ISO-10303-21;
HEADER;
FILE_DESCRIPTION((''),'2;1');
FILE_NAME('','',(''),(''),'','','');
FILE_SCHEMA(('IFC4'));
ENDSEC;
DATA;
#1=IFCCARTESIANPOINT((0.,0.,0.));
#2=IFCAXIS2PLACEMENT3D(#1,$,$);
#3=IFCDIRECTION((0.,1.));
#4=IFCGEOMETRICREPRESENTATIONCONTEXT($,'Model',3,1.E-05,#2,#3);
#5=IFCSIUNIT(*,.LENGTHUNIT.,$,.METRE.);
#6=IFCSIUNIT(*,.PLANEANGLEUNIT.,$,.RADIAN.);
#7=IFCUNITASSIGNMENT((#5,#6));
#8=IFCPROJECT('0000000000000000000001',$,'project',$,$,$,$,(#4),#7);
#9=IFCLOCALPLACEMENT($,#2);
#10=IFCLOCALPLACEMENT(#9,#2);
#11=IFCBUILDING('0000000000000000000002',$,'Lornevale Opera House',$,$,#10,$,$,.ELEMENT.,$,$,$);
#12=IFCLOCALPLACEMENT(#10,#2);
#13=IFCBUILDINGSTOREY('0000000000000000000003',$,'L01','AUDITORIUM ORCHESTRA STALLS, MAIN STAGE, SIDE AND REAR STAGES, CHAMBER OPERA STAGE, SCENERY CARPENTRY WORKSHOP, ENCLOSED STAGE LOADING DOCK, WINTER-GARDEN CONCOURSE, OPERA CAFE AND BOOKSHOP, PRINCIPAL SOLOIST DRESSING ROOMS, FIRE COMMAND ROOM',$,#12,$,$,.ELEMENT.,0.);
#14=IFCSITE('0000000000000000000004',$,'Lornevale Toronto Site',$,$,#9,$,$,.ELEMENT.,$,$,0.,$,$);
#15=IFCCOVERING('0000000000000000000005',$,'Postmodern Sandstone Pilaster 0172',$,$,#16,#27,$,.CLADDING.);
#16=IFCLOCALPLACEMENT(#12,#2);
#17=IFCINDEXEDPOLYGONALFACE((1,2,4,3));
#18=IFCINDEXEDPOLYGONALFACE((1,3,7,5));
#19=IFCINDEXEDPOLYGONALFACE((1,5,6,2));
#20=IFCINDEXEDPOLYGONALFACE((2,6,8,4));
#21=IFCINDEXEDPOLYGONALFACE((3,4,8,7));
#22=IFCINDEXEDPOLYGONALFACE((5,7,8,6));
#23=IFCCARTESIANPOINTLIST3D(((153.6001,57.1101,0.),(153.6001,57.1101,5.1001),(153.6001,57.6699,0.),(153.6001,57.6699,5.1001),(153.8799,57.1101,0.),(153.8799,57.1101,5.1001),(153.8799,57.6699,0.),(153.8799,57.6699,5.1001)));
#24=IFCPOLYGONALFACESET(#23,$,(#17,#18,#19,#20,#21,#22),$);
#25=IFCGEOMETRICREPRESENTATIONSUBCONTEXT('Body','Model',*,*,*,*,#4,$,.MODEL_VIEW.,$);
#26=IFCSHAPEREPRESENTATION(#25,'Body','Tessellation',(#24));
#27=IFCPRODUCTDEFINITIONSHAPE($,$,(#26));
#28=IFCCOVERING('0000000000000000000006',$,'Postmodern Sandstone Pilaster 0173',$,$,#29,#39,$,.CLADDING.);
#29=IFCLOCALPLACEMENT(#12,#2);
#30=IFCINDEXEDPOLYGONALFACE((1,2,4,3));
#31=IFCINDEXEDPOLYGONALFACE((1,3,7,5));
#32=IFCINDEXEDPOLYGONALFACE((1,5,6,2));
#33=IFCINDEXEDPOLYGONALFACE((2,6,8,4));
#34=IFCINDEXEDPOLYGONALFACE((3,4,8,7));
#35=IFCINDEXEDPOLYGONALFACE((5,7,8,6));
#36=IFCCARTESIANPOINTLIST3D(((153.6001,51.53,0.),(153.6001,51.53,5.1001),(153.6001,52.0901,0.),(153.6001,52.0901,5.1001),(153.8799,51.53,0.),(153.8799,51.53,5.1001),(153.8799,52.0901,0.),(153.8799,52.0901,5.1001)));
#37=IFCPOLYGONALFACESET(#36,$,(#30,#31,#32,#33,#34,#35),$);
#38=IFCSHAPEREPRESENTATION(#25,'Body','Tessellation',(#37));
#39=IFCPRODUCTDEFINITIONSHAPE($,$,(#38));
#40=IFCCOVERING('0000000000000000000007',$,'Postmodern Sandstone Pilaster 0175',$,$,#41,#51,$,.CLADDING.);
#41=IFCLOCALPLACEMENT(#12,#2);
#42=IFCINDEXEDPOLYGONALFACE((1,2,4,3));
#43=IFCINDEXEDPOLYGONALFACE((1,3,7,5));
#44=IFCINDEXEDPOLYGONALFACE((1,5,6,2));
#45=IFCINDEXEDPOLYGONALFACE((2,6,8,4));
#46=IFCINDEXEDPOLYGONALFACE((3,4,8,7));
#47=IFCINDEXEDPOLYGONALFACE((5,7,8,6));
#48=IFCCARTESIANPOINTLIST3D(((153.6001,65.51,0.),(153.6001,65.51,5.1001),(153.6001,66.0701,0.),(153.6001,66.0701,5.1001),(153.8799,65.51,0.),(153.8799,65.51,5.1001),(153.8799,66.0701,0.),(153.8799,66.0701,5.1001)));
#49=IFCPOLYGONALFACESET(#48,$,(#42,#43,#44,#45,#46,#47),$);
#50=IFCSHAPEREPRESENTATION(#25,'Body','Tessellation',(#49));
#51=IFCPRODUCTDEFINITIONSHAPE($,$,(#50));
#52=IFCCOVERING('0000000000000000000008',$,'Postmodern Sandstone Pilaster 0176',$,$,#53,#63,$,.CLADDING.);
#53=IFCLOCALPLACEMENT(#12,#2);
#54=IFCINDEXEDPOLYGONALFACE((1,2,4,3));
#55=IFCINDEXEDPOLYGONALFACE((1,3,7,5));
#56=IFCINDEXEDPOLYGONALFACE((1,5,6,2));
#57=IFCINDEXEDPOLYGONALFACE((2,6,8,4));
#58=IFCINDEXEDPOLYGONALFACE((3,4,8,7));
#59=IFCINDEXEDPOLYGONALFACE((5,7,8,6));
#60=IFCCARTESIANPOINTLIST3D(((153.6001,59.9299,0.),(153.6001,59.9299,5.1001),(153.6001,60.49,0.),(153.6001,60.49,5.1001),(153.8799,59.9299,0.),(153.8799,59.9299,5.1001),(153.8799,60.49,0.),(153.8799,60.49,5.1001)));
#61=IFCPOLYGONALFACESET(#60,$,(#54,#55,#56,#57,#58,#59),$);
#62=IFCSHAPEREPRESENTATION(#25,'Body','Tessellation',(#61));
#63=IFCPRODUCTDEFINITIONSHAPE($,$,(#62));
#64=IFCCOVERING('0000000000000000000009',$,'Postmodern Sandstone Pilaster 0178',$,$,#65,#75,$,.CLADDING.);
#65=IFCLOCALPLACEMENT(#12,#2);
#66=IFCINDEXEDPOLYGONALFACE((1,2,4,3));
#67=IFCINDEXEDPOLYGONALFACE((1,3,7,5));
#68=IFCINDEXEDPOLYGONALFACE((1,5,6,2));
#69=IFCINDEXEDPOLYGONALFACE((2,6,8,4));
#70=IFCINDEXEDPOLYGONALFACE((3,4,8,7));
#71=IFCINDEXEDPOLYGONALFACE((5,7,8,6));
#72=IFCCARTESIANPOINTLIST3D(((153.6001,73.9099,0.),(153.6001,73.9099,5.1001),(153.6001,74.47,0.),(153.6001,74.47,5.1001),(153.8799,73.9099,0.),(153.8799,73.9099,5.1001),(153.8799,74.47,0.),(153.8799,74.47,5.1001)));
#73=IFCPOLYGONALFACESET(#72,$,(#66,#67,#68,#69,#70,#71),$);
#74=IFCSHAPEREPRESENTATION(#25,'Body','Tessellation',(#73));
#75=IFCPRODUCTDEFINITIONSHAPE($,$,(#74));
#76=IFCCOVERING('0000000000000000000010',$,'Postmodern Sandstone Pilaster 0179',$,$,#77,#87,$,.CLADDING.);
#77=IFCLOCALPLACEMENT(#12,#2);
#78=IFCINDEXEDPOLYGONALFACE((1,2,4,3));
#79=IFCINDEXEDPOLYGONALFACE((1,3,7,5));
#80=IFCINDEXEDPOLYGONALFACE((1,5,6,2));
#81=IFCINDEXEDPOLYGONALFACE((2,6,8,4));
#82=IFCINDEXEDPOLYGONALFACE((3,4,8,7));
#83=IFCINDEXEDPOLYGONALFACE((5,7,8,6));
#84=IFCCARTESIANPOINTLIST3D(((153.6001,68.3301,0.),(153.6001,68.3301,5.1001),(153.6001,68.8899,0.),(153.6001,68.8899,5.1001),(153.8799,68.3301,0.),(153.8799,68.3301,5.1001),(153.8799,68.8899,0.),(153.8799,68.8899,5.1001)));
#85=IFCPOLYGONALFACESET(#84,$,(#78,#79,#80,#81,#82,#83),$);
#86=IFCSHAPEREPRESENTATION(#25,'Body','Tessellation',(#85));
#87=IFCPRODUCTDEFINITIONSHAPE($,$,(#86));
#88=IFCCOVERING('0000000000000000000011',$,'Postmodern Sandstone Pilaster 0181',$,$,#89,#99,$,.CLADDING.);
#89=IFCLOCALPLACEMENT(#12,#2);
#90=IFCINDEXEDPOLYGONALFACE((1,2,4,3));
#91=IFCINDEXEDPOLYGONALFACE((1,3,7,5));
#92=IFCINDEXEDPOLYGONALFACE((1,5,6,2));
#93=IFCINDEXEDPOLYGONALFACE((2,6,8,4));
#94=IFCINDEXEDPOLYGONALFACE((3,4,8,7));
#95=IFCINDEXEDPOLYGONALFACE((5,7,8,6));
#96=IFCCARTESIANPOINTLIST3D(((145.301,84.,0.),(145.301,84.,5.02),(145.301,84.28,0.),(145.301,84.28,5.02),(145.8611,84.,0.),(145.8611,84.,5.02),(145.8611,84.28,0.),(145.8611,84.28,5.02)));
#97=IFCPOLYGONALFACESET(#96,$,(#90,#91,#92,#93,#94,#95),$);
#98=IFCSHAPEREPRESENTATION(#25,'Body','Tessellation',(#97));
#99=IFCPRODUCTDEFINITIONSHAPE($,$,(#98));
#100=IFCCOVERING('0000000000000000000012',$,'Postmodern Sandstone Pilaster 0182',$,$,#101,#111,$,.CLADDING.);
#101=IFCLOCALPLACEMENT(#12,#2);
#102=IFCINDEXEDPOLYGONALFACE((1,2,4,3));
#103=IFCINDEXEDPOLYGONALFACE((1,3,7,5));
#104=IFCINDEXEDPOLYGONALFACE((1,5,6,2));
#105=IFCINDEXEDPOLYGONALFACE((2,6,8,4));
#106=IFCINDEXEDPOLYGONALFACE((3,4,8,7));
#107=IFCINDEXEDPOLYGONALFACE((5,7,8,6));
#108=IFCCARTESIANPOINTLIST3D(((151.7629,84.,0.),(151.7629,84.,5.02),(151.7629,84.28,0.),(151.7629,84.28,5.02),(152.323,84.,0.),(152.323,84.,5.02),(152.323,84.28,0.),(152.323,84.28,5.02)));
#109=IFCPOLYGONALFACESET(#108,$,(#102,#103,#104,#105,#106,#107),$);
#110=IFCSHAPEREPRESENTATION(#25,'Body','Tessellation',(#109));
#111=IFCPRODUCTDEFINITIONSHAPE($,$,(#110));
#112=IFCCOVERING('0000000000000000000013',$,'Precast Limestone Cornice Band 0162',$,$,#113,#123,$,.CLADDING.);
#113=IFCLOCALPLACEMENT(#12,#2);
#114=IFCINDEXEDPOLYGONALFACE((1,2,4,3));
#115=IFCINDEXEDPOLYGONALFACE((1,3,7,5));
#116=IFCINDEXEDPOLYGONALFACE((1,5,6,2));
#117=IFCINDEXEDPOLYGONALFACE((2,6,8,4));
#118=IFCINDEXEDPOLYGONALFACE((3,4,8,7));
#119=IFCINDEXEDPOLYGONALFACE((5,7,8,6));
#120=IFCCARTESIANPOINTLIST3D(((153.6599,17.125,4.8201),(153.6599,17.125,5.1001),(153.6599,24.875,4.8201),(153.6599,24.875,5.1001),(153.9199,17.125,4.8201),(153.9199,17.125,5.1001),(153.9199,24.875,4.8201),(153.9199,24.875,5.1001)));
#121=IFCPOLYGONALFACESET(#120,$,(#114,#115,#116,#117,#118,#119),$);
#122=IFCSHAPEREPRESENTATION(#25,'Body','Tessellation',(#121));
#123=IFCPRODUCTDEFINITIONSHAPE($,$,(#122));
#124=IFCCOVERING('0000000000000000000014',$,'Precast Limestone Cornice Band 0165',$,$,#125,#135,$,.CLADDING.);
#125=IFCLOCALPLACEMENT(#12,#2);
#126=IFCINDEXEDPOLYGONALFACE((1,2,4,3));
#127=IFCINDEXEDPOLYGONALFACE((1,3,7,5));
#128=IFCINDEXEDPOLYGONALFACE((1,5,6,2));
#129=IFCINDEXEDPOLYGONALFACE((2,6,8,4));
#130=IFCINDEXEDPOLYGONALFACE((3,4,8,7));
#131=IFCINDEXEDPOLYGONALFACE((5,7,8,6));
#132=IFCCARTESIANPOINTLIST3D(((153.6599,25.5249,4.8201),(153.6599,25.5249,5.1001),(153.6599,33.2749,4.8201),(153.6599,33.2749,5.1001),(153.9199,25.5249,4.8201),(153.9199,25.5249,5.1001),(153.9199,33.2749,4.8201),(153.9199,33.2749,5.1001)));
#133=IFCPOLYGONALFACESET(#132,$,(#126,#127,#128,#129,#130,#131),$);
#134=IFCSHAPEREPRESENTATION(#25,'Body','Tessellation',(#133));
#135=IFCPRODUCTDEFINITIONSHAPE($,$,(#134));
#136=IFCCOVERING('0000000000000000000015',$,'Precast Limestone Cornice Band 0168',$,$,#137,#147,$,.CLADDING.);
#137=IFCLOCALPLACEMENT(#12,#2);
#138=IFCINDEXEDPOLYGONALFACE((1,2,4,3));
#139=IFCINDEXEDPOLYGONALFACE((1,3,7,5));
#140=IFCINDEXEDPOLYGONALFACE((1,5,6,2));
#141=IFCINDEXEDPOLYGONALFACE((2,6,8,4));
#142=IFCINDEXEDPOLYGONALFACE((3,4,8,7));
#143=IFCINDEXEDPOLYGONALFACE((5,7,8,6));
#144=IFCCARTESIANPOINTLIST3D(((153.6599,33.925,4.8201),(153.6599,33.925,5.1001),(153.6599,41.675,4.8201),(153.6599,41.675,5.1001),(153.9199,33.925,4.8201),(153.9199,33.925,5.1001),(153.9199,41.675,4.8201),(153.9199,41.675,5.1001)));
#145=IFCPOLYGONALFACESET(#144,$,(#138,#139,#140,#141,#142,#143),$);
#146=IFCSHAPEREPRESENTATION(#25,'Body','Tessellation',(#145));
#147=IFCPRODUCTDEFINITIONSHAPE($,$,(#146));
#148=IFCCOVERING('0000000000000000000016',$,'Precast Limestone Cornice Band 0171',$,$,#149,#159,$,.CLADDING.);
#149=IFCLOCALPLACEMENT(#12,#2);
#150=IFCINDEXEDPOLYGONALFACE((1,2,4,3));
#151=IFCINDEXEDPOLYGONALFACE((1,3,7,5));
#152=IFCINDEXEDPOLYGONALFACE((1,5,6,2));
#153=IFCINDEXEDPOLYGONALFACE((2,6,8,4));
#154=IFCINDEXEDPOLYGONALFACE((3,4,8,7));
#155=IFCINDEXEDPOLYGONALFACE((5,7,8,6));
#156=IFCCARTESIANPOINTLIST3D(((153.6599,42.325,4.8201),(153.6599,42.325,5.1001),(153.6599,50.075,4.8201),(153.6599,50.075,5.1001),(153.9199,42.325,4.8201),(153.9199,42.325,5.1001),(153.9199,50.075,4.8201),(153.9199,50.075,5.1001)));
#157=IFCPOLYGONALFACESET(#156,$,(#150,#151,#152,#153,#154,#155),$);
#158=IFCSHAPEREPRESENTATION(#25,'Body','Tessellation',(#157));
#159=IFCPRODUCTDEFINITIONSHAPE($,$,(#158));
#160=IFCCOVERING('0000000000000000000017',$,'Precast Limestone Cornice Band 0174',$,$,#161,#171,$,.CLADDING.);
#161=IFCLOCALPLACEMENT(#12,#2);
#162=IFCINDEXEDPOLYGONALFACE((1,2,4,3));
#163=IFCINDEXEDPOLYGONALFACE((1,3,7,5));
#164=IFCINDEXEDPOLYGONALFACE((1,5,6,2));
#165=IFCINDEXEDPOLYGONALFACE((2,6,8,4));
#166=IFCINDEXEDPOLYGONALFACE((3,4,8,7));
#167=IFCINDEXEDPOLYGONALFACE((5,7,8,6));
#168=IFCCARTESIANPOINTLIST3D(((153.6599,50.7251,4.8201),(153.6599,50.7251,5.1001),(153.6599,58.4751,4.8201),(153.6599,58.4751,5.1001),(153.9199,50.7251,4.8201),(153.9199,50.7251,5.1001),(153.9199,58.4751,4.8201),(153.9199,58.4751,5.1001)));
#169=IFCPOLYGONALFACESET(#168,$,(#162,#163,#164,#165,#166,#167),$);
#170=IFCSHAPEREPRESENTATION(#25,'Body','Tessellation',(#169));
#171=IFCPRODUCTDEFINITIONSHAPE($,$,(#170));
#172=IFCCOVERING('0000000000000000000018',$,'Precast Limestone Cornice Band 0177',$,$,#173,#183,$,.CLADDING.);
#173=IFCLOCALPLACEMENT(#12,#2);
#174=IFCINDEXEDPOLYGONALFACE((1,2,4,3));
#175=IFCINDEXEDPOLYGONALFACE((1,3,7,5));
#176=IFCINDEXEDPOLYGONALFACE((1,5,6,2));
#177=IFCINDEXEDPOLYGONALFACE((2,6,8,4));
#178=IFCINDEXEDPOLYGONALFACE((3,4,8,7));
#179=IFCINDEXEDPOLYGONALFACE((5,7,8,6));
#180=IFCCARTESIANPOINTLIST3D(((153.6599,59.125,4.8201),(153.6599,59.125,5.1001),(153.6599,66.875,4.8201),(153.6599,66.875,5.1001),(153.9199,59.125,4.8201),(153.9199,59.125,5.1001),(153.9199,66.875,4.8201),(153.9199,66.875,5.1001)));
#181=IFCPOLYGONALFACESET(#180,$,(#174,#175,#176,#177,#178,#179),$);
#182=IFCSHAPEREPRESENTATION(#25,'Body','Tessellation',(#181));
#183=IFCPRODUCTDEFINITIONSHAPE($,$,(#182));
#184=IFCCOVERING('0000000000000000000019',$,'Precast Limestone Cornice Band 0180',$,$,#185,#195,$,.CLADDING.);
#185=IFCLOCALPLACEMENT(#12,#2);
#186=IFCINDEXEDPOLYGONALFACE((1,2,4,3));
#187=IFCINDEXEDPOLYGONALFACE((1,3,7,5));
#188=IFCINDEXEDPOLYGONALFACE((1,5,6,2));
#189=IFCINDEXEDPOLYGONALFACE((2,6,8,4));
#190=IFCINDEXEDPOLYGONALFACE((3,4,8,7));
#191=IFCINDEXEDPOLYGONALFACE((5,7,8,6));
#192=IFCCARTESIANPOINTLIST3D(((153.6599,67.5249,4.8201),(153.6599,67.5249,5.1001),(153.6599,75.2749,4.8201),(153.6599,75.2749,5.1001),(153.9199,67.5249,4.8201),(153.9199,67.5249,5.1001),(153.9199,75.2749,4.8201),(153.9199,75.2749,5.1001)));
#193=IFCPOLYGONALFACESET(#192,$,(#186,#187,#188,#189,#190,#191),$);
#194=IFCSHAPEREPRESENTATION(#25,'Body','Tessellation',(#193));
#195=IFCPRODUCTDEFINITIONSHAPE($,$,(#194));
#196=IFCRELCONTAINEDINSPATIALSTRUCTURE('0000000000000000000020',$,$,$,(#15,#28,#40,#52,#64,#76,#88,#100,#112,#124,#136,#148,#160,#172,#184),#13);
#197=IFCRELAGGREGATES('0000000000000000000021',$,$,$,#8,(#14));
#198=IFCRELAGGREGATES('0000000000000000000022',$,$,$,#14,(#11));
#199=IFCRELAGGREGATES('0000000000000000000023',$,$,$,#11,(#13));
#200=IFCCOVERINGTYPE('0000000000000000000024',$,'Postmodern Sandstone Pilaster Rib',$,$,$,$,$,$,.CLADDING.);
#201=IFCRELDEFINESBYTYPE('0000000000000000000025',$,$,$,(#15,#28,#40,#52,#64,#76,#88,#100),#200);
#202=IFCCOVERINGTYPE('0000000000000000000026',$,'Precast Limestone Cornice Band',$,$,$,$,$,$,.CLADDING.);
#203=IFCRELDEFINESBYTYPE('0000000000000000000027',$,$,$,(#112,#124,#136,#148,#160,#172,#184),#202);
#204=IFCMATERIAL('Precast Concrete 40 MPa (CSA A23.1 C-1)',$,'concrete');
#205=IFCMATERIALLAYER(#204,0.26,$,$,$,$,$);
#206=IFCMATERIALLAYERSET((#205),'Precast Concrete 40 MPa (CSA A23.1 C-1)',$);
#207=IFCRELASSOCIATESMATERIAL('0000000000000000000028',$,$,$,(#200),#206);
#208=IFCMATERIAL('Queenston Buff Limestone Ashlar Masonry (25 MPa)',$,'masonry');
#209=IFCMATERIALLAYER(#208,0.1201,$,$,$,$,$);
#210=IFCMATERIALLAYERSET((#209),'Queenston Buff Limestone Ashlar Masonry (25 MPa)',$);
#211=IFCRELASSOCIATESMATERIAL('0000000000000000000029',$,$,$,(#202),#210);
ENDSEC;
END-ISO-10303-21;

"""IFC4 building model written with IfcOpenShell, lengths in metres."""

from ifc_helpers import new_model, si_unit, direction, frame, origin, place, context, subcontext, project, spatial, polyline, outline, extrude, material, layer, layer_set, type_object, element, save


model = new_model("IFC4")

# Units and contexts
model_context = context("Model", 3, precision=1e-05, world=origin(), true_north=direction((0.0, 1.0)))
body_context = subcontext(model_context, "Body", "Model", "MODEL_VIEW")
ifc_project = project(units=[si_unit("LENGTHUNIT", "METRE"), si_unit("PLANEANGLEUNIT", "RADIAN")], contexts=[model_context])

# Site, building, storey
site_placement = place(None, origin())
site = spatial("IfcSite", under=ifc_project, at=site_placement, Name="Lornevale Toronto Site", CompositionType="ELEMENT", RefElevation=0.0)
building_placement = place(site_placement, origin())
building = spatial("IfcBuilding", under=site, at=building_placement, Name="Lornevale Opera House", CompositionType="ELEMENT")
storey_placement = place(building_placement, origin())
storey = spatial("IfcBuildingStorey", under=building, at=storey_placement, Name="L01", Description="AUDITORIUM ORCHESTRA STALLS, MAIN STAGE, SIDE AND REAR STAGES, CHAMBER OPERA STAGE, SCENERY CARPENTRY WORKSHOP, ENCLOSED STAGE LOADING DOCK, WINTER-GARDEN CONCOURSE, OPERA CAFE AND BOOKSHOP, PRINCIPAL SOLOIST DRESSING ROOMS, FIRE COMMAND ROOM", CompositionType="ELEMENT", Elevation=0.0)

# Coverings
ifc_material_1 = material(Name="Precast Concrete 40 MPa (CSA A23.1 C-1)", Category="concrete")
ifc_layer_1 = layer(ifc_material_1, 0.26)
ifc_layer_set_1 = layer_set([ifc_layer_1], Name="Precast Concrete 40 MPa (CSA A23.1 C-1)")
covering_type_1 = type_object("IfcCoveringType", Name="Postmodern Sandstone Pilaster Rib", PredefinedType="CLADDING", material=ifc_layer_set_1)
covering_1_placement = place(storey_placement, origin())
element("IfcCovering", 1, at=covering_1_placement, inside=storey, type_object=covering_type_1, Name="Postmodern Sandstone Pilaster 0172", PredefinedType="CLADDING", context=body_context, shape_type="SweptSolid", body=[
    extrude(outline(polyline([(153.6001, 57.6699), (153.6001, 57.1101), (153.8799, 57.1101), (153.8799, 57.6699), (153.6001, 57.6699)])), origin(), (0.0, 0.0, 1.0), 5.1001),
])
covering_2_placement = place(storey_placement, origin())
element("IfcCovering", 2, at=covering_2_placement, inside=storey, type_object=covering_type_1, Name="Postmodern Sandstone Pilaster 0173", PredefinedType="CLADDING", context=body_context, shape_type="SweptSolid", body=[
    extrude(outline(polyline([(153.6001, 52.0901), (153.6001, 51.53), (153.8799, 51.53), (153.8799, 52.0901), (153.6001, 52.0901)])), origin(), (0.0, 0.0, 1.0), 5.1001),
])
covering_3_placement = place(storey_placement, origin())
element("IfcCovering", 3, at=covering_3_placement, inside=storey, type_object=covering_type_1, Name="Postmodern Sandstone Pilaster 0175", PredefinedType="CLADDING", context=body_context, shape_type="SweptSolid", body=[
    extrude(outline(polyline([(153.6001, 66.0701), (153.6001, 65.51), (153.8799, 65.51), (153.8799, 66.0701), (153.6001, 66.0701)])), origin(), (0.0, 0.0, 1.0), 5.1001),
])
covering_4_placement = place(storey_placement, origin())
element("IfcCovering", 4, at=covering_4_placement, inside=storey, type_object=covering_type_1, Name="Postmodern Sandstone Pilaster 0176", PredefinedType="CLADDING", context=body_context, shape_type="SweptSolid", body=[
    extrude(outline(polyline([(153.6001, 60.49), (153.6001, 59.9299), (153.8799, 59.9299), (153.8799, 60.49), (153.6001, 60.49)])), origin(), (0.0, 0.0, 1.0), 5.1001),
])
covering_5_placement = place(storey_placement, origin())
element("IfcCovering", 5, at=covering_5_placement, inside=storey, type_object=covering_type_1, Name="Postmodern Sandstone Pilaster 0178", PredefinedType="CLADDING", context=body_context, shape_type="SweptSolid", body=[
    extrude(outline(polyline([(153.6001, 74.47), (153.6001, 73.9099), (153.8799, 73.9099), (153.8799, 74.47), (153.6001, 74.47)])), origin(), (0.0, 0.0, 1.0), 5.1001),
])
covering_6_placement = place(storey_placement, origin())
element("IfcCovering", 6, at=covering_6_placement, inside=storey, type_object=covering_type_1, Name="Postmodern Sandstone Pilaster 0179", PredefinedType="CLADDING", context=body_context, shape_type="SweptSolid", body=[
    extrude(outline(polyline([(153.6001, 68.8899), (153.6001, 68.3301), (153.8799, 68.3301), (153.8799, 68.8899), (153.6001, 68.8899)])), origin(), (0.0, 0.0, 1.0), 5.1001),
])
covering_7_placement = place(storey_placement, origin())
element("IfcCovering", 7, at=covering_7_placement, inside=storey, type_object=covering_type_1, Name="Postmodern Sandstone Pilaster 0181", PredefinedType="CLADDING", context=body_context, shape_type="SweptSolid", body=[
    extrude(outline(polyline([(145.301, 84.0), (145.8611, 84.0), (145.8611, 84.28), (145.301, 84.28), (145.301, 84.0)])), origin(), (0.0, 0.0, 1.0), 5.02),
])
covering_8_placement = place(storey_placement, origin())
element("IfcCovering", 8, at=covering_8_placement, inside=storey, type_object=covering_type_1, Name="Postmodern Sandstone Pilaster 0182", PredefinedType="CLADDING", context=body_context, shape_type="SweptSolid", body=[
    extrude(outline(polyline([(151.7629, 84.0), (152.323, 84.0), (152.323, 84.28), (151.7629, 84.28), (151.7629, 84.0)])), origin(), (0.0, 0.0, 1.0), 5.02),
])
ifc_material_2 = material(Name="Queenston Buff Limestone Ashlar Masonry (25 MPa)", Category="masonry")
ifc_layer_2 = layer(ifc_material_2, 0.1201)
ifc_layer_set_2 = layer_set([ifc_layer_2], Name="Queenston Buff Limestone Ashlar Masonry (25 MPa)")
covering_type_2 = type_object("IfcCoveringType", Name="Precast Limestone Cornice Band", PredefinedType="CLADDING", material=ifc_layer_set_2)
covering_9_placement = place(storey_placement, frame((0.0, 0.0, 4.8201)))
element("IfcCovering", 9, at=covering_9_placement, inside=storey, type_object=covering_type_2, Name="Precast Limestone Cornice Band 0162", PredefinedType="CLADDING", context=body_context, shape_type="SweptSolid", body=[
    extrude(outline(polyline([(153.6599, 24.875), (153.6599, 17.125), (153.9199, 17.125), (153.9199, 24.875), (153.6599, 24.875)])), origin(), (0.0, 0.0, 1.0), 0.28),
])
covering_10_placement = place(storey_placement, frame((0.0, 0.0, 4.8201)))
element("IfcCovering", 10, at=covering_10_placement, inside=storey, type_object=covering_type_2, Name="Precast Limestone Cornice Band 0165", PredefinedType="CLADDING", context=body_context, shape_type="SweptSolid", body=[
    extrude(outline(polyline([(153.6599, 33.2749), (153.6599, 25.5249), (153.9199, 25.5249), (153.9199, 33.2749), (153.6599, 33.2749)])), origin(), (0.0, 0.0, 1.0), 0.28),
])
covering_11_placement = place(storey_placement, frame((0.0, 0.0, 4.8201)))
element("IfcCovering", 11, at=covering_11_placement, inside=storey, type_object=covering_type_2, Name="Precast Limestone Cornice Band 0168", PredefinedType="CLADDING", context=body_context, shape_type="SweptSolid", body=[
    extrude(outline(polyline([(153.6599, 41.675), (153.6599, 33.925), (153.9199, 33.925), (153.9199, 41.675), (153.6599, 41.675)])), origin(), (0.0, 0.0, 1.0), 0.28),
])
covering_12_placement = place(storey_placement, frame((0.0, 0.0, 4.8201)))
element("IfcCovering", 12, at=covering_12_placement, inside=storey, type_object=covering_type_2, Name="Precast Limestone Cornice Band 0171", PredefinedType="CLADDING", context=body_context, shape_type="SweptSolid", body=[
    extrude(outline(polyline([(153.6599, 50.075), (153.6599, 42.325), (153.9199, 42.325), (153.9199, 50.075), (153.6599, 50.075)])), origin(), (0.0, 0.0, 1.0), 0.28),
])
covering_13_placement = place(storey_placement, frame((0.0, 0.0, 4.8201)))
element("IfcCovering", 13, at=covering_13_placement, inside=storey, type_object=covering_type_2, Name="Precast Limestone Cornice Band 0174", PredefinedType="CLADDING", context=body_context, shape_type="SweptSolid", body=[
    extrude(outline(polyline([(153.6599, 58.4751), (153.6599, 50.7251), (153.9199, 50.7251), (153.9199, 58.4751), (153.6599, 58.4751)])), origin(), (0.0, 0.0, 1.0), 0.28),
])
covering_14_placement = place(storey_placement, frame((0.0, 0.0, 4.8201)))
element("IfcCovering", 14, at=covering_14_placement, inside=storey, type_object=covering_type_2, Name="Precast Limestone Cornice Band 0177", PredefinedType="CLADDING", context=body_context, shape_type="SweptSolid", body=[
    extrude(outline(polyline([(153.6599, 66.875), (153.6599, 59.125), (153.9199, 59.125), (153.9199, 66.875), (153.6599, 66.875)])), origin(), (0.0, 0.0, 1.0), 0.28),
])
covering_15_placement = place(storey_placement, frame((0.0, 0.0, 4.8201)))
element("IfcCovering", 15, at=covering_15_placement, inside=storey, type_object=covering_type_2, Name="Precast Limestone Cornice Band 0180", PredefinedType="CLADDING", context=body_context, shape_type="SweptSolid", body=[
    extrude(outline(polyline([(153.6599, 75.2749), (153.6599, 67.5249), (153.9199, 67.5249), (153.9199, 75.2749), (153.6599, 75.2749)])), origin(), (0.0, 0.0, 1.0), 0.28),
])

save(model, "model.ifc")
